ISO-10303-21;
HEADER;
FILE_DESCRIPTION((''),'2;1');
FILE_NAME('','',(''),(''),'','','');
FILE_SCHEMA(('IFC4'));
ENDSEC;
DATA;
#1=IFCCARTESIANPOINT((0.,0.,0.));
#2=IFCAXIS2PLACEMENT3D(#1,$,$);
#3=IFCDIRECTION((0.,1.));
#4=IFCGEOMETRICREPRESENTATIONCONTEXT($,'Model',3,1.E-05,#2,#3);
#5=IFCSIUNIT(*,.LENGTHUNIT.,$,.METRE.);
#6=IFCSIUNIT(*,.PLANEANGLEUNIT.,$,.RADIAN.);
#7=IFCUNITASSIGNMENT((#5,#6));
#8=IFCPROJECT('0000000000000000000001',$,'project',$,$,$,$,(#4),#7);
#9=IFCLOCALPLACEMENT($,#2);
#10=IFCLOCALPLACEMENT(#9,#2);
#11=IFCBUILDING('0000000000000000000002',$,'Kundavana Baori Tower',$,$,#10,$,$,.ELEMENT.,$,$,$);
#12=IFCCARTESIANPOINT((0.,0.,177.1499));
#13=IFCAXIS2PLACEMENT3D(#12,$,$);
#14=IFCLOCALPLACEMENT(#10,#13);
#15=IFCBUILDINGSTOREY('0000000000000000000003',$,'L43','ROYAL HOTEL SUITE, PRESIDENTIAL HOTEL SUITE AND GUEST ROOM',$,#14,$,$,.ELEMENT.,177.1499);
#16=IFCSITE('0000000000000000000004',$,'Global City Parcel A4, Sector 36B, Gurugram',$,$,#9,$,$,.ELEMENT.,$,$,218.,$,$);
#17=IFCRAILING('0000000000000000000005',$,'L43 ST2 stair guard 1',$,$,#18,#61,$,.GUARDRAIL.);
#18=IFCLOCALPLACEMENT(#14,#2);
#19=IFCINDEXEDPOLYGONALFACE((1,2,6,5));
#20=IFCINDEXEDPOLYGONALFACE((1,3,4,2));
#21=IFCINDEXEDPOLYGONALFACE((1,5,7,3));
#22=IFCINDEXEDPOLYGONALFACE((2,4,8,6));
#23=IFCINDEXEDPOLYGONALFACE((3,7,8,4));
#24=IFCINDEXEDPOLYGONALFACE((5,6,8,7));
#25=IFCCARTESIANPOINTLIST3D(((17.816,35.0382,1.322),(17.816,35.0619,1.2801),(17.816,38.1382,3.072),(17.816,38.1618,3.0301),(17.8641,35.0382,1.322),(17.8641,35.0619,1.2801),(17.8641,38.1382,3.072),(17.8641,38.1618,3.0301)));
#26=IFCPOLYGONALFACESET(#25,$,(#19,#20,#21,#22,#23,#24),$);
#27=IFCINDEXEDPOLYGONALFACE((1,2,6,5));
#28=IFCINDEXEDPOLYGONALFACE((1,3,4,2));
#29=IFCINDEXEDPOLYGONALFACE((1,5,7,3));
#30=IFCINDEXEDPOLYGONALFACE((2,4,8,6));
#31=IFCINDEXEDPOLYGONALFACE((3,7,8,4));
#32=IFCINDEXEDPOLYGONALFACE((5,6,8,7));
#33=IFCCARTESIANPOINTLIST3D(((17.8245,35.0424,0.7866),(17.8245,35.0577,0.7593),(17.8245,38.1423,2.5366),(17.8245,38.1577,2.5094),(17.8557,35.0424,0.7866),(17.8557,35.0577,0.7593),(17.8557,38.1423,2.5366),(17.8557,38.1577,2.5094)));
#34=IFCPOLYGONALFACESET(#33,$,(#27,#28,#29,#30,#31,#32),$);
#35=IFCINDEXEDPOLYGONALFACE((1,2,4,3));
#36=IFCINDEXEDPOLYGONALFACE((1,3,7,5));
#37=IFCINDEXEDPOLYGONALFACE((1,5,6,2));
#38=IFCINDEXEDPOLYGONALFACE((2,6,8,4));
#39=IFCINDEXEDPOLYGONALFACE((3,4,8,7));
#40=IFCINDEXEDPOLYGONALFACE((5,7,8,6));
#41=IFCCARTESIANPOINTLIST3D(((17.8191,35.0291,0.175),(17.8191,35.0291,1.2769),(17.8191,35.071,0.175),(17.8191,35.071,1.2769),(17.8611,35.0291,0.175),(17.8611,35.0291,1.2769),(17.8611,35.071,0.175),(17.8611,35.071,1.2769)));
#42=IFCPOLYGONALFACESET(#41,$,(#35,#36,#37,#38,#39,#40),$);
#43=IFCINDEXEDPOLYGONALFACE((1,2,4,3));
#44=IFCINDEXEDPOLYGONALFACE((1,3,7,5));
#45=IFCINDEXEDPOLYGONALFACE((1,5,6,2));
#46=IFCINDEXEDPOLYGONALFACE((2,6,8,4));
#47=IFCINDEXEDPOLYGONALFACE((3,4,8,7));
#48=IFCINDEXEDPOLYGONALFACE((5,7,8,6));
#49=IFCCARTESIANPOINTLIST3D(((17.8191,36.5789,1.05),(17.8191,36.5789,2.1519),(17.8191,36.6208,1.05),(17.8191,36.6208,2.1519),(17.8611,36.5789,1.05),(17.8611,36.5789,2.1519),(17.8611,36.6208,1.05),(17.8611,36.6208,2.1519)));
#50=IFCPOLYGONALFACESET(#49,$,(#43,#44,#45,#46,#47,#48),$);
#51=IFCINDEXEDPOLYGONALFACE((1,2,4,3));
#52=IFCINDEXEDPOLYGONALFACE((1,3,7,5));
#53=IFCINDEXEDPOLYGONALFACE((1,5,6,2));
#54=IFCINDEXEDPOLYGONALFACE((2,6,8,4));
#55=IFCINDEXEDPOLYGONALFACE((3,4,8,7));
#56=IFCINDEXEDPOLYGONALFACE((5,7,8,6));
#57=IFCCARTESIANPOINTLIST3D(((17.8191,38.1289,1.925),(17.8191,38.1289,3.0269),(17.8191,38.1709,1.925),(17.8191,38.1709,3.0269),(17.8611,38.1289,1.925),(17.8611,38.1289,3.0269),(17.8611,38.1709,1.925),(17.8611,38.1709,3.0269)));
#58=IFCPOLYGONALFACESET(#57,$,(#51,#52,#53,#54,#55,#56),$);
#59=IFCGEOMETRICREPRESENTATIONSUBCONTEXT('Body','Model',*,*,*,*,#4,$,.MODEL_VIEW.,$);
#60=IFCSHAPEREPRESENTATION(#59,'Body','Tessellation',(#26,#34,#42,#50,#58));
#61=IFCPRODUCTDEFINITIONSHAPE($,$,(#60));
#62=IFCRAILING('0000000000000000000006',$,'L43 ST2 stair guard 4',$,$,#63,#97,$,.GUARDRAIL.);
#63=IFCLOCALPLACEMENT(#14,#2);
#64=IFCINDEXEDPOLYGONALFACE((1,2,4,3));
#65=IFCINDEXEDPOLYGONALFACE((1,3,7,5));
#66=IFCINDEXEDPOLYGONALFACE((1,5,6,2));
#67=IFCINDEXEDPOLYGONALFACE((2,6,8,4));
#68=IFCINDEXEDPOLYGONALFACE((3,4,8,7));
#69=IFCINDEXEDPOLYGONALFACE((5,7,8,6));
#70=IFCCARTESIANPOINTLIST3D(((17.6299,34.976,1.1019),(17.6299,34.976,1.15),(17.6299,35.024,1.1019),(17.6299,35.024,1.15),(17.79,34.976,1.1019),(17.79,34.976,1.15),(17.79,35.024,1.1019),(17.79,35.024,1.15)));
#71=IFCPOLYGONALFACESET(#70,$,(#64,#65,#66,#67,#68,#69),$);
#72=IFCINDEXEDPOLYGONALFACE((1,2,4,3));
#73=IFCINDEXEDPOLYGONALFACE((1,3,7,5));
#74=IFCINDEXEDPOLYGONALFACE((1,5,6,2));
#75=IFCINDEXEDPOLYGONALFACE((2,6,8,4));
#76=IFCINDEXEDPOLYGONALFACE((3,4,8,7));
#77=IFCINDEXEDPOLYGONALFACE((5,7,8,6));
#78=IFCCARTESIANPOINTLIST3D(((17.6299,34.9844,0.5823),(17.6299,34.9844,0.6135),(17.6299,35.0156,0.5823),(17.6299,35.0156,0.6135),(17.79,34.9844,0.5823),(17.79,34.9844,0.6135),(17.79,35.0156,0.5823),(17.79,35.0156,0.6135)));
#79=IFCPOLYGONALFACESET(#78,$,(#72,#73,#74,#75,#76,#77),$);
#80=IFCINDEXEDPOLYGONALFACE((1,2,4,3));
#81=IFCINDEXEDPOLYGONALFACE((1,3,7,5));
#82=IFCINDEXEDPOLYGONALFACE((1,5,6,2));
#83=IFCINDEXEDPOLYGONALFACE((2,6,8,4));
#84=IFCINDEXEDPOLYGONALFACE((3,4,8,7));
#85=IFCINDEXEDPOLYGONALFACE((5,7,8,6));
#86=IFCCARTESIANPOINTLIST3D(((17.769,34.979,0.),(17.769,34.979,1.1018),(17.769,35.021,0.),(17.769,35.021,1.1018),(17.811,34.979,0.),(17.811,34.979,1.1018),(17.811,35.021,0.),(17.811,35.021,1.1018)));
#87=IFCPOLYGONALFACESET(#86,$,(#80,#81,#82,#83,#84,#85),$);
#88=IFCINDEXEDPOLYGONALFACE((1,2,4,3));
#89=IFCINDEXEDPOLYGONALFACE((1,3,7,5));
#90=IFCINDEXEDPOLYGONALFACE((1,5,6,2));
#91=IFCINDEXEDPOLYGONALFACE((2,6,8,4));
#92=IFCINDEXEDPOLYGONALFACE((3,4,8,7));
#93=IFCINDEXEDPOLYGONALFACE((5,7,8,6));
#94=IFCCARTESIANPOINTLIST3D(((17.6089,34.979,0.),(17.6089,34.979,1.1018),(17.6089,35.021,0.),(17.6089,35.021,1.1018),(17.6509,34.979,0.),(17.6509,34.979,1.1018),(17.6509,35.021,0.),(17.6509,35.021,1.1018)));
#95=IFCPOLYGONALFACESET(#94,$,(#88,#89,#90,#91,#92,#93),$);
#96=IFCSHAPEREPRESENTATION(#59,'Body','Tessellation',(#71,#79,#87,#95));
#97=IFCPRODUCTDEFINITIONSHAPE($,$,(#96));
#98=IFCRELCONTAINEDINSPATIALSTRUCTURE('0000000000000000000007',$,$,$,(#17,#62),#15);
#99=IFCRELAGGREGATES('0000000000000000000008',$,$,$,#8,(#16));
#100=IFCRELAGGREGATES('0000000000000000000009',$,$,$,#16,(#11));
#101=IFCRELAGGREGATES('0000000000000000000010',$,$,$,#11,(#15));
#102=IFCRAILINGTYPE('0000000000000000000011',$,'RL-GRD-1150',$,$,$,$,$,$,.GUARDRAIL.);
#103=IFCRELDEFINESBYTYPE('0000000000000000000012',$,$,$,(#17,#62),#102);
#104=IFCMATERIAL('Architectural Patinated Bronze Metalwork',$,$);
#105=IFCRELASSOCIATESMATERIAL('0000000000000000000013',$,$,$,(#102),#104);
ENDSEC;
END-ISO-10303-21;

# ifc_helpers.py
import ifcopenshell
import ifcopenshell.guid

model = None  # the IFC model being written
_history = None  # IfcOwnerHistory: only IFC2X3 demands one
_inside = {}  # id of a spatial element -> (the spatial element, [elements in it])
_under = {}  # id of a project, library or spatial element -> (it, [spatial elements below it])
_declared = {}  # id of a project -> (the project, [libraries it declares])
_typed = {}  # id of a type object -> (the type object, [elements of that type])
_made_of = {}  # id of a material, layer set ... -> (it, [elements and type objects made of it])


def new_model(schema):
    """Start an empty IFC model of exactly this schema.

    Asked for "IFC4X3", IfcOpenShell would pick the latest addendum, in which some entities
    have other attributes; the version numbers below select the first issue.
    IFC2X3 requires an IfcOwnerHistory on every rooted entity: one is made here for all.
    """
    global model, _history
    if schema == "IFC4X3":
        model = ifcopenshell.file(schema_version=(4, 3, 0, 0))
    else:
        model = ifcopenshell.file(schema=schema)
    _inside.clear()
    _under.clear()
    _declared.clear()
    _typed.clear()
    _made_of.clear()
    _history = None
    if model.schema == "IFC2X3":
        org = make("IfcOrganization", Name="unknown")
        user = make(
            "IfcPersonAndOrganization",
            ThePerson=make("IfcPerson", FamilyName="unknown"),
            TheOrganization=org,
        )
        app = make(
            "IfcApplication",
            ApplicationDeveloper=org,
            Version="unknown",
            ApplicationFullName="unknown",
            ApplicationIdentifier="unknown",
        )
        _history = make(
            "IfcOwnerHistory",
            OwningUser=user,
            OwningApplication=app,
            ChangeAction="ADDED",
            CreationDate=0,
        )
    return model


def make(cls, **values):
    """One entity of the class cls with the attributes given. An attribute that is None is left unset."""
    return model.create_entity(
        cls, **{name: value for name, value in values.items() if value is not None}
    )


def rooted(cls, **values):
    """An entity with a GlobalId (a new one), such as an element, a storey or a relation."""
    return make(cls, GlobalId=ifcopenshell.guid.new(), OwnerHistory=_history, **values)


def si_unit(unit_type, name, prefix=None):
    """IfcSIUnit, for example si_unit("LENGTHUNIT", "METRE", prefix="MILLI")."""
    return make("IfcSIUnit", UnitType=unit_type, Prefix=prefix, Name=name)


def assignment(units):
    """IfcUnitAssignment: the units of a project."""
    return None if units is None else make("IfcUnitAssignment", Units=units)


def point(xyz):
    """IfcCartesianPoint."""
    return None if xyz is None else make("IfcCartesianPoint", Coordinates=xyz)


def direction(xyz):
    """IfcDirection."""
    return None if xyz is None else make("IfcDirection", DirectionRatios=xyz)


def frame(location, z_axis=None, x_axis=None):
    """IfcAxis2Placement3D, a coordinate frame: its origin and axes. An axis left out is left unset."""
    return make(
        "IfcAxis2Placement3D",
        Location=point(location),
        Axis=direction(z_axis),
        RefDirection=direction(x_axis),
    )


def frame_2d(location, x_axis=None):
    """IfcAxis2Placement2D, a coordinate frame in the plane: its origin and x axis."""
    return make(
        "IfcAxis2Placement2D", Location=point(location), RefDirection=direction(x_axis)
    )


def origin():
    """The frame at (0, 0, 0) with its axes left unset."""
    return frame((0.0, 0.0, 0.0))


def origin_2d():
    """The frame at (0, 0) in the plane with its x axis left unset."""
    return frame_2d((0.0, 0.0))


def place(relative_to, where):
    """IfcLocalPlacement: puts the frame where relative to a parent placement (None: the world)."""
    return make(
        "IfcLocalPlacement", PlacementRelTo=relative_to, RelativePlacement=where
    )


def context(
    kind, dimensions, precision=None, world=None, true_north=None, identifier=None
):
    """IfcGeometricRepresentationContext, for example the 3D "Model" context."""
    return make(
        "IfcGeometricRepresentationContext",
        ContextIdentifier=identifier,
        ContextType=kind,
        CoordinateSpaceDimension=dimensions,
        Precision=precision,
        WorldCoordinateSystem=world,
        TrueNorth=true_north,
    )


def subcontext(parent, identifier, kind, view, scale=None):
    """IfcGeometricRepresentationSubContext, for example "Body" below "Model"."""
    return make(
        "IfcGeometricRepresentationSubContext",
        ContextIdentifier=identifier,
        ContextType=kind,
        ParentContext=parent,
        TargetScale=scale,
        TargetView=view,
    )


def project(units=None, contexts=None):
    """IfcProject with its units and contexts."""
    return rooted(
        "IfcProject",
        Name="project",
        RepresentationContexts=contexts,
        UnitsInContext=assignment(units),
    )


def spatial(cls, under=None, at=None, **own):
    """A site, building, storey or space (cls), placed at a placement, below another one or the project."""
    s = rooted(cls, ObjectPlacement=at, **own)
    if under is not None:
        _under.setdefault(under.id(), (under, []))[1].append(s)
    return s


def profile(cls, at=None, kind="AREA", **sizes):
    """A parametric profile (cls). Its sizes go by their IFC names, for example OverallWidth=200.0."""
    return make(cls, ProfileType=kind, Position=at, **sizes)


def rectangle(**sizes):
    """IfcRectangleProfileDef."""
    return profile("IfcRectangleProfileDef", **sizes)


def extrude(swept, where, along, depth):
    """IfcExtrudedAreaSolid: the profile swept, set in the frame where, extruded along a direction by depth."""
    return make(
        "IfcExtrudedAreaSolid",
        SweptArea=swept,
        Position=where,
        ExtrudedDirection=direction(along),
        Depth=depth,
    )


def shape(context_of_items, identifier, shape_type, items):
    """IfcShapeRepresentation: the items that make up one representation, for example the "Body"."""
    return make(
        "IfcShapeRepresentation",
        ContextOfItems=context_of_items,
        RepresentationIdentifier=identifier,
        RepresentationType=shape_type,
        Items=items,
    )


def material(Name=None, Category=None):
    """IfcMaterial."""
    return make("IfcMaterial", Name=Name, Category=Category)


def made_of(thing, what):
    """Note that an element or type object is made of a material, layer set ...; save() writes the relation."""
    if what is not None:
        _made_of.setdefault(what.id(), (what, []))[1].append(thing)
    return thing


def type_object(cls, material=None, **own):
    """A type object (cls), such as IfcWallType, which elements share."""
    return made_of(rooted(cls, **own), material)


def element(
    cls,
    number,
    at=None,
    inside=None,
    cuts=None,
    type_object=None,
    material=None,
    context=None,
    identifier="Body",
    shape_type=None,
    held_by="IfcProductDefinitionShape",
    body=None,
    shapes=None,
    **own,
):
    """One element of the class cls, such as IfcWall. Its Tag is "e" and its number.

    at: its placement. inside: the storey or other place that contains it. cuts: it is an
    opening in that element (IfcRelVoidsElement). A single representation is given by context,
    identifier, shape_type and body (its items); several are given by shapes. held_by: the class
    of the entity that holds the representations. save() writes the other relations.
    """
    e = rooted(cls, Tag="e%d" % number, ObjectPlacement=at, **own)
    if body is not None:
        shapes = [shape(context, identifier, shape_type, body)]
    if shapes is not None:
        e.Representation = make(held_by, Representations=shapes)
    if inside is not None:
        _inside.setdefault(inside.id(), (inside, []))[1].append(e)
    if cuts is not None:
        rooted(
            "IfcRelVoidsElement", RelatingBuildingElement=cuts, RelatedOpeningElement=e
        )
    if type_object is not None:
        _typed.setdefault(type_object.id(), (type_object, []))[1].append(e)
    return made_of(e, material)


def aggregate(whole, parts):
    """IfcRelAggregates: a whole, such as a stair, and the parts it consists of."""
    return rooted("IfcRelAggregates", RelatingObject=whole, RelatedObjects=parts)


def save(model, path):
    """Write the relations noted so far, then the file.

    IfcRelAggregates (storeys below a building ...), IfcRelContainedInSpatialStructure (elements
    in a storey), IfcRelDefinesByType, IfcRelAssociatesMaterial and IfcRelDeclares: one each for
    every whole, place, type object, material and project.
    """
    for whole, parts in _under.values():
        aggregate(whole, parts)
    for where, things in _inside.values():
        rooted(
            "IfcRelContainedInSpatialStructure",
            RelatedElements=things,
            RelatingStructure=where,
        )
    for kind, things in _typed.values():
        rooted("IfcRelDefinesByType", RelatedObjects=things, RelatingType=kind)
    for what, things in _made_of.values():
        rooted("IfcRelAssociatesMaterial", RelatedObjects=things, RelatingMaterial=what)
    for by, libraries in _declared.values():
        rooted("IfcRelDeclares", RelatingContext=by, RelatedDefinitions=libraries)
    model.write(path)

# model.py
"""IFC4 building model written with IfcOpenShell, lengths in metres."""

from ifc_helpers import new_model, si_unit, direction, frame, origin, origin_2d, place, context, subcontext, project, spatial, rectangle, extrude, material, type_object, element, save


model = new_model("IFC4")

# Units and contexts
model_context = context("Model", 3, precision=1e-05, world=origin(), true_north=direction((0.0, 1.0)))
body_context = subcontext(model_context, "Body", "Model", "MODEL_VIEW")
ifc_project = project(units=[si_unit("LENGTHUNIT", "METRE"), si_unit("PLANEANGLEUNIT", "RADIAN")], contexts=[model_context])

# Site, building, storey
site_placement = place(None, origin())
site = spatial("IfcSite", under=ifc_project, at=site_placement, Name="Global City Parcel A4, Sector 36B, Gurugram", CompositionType="ELEMENT", RefElevation=218.0)
building_placement = place(site_placement, origin())
building = spatial("IfcBuilding", under=site, at=building_placement, Name="Kundavana Baori Tower", CompositionType="ELEMENT")
storey_placement = place(building_placement, frame((0.0, 0.0, 177.1499)))
storey = spatial("IfcBuildingStorey", under=building, at=storey_placement, Name="L43", Description="ROYAL HOTEL SUITE, PRESIDENTIAL HOTEL SUITE AND GUEST ROOM", CompositionType="ELEMENT", Elevation=177.1499)

# Railings
ifc_material_1 = material(Name="Architectural Patinated Bronze Metalwork")
railing_type = type_object("IfcRailingType", Name="RL-GRD-1150", PredefinedType="GUARDRAIL", material=ifc_material_1)
railing_1_placement = place(storey_placement, frame((17.8401, 35.05, 0.175)))
element("IfcRailing", 1, at=railing_1_placement, inside=storey, type_object=railing_type, Name="L43 ST2 stair guard 1", PredefinedType="GUARDRAIL", context=body_context, shape_type="SweptSolid", body=[
    extrude(rectangle(XDim=0.0481, YDim=0.0481, at=origin_2d()), frame((0.0, 0.0, 1.126), z_axis=(0.0, 0.870814, 0.491612), x_axis=(-1.0, 0.0, 0.0)), (0.0, 0.0, 1.0), 3.5598),
    extrude(rectangle(XDim=0.0312, YDim=0.0312, at=origin_2d()), frame((0.0, 0.0, 0.5979), z_axis=(0.0, 0.870814, 0.491612), x_axis=(-1.0, 0.0, 0.0)), (0.0, 0.0, 1.0), 3.5598),
    extrude(rectangle(XDim=0.042, YDim=0.042, at=origin_2d()), origin(), (0.0, 0.0, 1.0), 1.1018),
    extrude(rectangle(XDim=0.042, YDim=0.042, at=origin_2d()), frame((0.0, 1.5498, 0.875)), (0.0, 0.0, 1.0), 1.1018),
    extrude(rectangle(XDim=0.042, YDim=0.042, at=origin_2d()), frame((0.0, 3.0999, 1.75)), (0.0, 0.0, 1.0), 1.1018),
])
railing_2_placement = place(storey_placement, frame((17.79, 35.0, 0.0)))
element("IfcRailing", 2, at=railing_2_placement, inside=storey, type_object=railing_type, Name="L43 ST2 stair guard 4", PredefinedType="GUARDRAIL", context=body_context, shape_type="SweptSolid", body=[
    extrude(rectangle(XDim=0.0481, YDim=0.0481, at=origin_2d()), frame((0.0, 0.0, 1.126), z_axis=(-1.0, 0.0, 0.0), x_axis=(0.0, -1.0, 0.0)), (0.0, 0.0, 1.0), 0.1602),
    extrude(rectangle(XDim=0.0312, YDim=0.0312, at=origin_2d()), frame((0.0, 0.0, 0.5979), z_axis=(-1.0, 0.0, 0.0), x_axis=(0.0, -1.0, 0.0)), (0.0, 0.0, 1.0), 0.1602),
    extrude(rectangle(XDim=0.042, YDim=0.042, at=origin_2d()), origin(), (0.0, 0.0, 1.0), 1.1018),
    extrude(rectangle(XDim=0.042, YDim=0.042, at=origin_2d()), frame((-0.1602, 0.0, 0.0)), (0.0, 0.0, 1.0), 1.1018),
])

save(model, "model.ifc")
